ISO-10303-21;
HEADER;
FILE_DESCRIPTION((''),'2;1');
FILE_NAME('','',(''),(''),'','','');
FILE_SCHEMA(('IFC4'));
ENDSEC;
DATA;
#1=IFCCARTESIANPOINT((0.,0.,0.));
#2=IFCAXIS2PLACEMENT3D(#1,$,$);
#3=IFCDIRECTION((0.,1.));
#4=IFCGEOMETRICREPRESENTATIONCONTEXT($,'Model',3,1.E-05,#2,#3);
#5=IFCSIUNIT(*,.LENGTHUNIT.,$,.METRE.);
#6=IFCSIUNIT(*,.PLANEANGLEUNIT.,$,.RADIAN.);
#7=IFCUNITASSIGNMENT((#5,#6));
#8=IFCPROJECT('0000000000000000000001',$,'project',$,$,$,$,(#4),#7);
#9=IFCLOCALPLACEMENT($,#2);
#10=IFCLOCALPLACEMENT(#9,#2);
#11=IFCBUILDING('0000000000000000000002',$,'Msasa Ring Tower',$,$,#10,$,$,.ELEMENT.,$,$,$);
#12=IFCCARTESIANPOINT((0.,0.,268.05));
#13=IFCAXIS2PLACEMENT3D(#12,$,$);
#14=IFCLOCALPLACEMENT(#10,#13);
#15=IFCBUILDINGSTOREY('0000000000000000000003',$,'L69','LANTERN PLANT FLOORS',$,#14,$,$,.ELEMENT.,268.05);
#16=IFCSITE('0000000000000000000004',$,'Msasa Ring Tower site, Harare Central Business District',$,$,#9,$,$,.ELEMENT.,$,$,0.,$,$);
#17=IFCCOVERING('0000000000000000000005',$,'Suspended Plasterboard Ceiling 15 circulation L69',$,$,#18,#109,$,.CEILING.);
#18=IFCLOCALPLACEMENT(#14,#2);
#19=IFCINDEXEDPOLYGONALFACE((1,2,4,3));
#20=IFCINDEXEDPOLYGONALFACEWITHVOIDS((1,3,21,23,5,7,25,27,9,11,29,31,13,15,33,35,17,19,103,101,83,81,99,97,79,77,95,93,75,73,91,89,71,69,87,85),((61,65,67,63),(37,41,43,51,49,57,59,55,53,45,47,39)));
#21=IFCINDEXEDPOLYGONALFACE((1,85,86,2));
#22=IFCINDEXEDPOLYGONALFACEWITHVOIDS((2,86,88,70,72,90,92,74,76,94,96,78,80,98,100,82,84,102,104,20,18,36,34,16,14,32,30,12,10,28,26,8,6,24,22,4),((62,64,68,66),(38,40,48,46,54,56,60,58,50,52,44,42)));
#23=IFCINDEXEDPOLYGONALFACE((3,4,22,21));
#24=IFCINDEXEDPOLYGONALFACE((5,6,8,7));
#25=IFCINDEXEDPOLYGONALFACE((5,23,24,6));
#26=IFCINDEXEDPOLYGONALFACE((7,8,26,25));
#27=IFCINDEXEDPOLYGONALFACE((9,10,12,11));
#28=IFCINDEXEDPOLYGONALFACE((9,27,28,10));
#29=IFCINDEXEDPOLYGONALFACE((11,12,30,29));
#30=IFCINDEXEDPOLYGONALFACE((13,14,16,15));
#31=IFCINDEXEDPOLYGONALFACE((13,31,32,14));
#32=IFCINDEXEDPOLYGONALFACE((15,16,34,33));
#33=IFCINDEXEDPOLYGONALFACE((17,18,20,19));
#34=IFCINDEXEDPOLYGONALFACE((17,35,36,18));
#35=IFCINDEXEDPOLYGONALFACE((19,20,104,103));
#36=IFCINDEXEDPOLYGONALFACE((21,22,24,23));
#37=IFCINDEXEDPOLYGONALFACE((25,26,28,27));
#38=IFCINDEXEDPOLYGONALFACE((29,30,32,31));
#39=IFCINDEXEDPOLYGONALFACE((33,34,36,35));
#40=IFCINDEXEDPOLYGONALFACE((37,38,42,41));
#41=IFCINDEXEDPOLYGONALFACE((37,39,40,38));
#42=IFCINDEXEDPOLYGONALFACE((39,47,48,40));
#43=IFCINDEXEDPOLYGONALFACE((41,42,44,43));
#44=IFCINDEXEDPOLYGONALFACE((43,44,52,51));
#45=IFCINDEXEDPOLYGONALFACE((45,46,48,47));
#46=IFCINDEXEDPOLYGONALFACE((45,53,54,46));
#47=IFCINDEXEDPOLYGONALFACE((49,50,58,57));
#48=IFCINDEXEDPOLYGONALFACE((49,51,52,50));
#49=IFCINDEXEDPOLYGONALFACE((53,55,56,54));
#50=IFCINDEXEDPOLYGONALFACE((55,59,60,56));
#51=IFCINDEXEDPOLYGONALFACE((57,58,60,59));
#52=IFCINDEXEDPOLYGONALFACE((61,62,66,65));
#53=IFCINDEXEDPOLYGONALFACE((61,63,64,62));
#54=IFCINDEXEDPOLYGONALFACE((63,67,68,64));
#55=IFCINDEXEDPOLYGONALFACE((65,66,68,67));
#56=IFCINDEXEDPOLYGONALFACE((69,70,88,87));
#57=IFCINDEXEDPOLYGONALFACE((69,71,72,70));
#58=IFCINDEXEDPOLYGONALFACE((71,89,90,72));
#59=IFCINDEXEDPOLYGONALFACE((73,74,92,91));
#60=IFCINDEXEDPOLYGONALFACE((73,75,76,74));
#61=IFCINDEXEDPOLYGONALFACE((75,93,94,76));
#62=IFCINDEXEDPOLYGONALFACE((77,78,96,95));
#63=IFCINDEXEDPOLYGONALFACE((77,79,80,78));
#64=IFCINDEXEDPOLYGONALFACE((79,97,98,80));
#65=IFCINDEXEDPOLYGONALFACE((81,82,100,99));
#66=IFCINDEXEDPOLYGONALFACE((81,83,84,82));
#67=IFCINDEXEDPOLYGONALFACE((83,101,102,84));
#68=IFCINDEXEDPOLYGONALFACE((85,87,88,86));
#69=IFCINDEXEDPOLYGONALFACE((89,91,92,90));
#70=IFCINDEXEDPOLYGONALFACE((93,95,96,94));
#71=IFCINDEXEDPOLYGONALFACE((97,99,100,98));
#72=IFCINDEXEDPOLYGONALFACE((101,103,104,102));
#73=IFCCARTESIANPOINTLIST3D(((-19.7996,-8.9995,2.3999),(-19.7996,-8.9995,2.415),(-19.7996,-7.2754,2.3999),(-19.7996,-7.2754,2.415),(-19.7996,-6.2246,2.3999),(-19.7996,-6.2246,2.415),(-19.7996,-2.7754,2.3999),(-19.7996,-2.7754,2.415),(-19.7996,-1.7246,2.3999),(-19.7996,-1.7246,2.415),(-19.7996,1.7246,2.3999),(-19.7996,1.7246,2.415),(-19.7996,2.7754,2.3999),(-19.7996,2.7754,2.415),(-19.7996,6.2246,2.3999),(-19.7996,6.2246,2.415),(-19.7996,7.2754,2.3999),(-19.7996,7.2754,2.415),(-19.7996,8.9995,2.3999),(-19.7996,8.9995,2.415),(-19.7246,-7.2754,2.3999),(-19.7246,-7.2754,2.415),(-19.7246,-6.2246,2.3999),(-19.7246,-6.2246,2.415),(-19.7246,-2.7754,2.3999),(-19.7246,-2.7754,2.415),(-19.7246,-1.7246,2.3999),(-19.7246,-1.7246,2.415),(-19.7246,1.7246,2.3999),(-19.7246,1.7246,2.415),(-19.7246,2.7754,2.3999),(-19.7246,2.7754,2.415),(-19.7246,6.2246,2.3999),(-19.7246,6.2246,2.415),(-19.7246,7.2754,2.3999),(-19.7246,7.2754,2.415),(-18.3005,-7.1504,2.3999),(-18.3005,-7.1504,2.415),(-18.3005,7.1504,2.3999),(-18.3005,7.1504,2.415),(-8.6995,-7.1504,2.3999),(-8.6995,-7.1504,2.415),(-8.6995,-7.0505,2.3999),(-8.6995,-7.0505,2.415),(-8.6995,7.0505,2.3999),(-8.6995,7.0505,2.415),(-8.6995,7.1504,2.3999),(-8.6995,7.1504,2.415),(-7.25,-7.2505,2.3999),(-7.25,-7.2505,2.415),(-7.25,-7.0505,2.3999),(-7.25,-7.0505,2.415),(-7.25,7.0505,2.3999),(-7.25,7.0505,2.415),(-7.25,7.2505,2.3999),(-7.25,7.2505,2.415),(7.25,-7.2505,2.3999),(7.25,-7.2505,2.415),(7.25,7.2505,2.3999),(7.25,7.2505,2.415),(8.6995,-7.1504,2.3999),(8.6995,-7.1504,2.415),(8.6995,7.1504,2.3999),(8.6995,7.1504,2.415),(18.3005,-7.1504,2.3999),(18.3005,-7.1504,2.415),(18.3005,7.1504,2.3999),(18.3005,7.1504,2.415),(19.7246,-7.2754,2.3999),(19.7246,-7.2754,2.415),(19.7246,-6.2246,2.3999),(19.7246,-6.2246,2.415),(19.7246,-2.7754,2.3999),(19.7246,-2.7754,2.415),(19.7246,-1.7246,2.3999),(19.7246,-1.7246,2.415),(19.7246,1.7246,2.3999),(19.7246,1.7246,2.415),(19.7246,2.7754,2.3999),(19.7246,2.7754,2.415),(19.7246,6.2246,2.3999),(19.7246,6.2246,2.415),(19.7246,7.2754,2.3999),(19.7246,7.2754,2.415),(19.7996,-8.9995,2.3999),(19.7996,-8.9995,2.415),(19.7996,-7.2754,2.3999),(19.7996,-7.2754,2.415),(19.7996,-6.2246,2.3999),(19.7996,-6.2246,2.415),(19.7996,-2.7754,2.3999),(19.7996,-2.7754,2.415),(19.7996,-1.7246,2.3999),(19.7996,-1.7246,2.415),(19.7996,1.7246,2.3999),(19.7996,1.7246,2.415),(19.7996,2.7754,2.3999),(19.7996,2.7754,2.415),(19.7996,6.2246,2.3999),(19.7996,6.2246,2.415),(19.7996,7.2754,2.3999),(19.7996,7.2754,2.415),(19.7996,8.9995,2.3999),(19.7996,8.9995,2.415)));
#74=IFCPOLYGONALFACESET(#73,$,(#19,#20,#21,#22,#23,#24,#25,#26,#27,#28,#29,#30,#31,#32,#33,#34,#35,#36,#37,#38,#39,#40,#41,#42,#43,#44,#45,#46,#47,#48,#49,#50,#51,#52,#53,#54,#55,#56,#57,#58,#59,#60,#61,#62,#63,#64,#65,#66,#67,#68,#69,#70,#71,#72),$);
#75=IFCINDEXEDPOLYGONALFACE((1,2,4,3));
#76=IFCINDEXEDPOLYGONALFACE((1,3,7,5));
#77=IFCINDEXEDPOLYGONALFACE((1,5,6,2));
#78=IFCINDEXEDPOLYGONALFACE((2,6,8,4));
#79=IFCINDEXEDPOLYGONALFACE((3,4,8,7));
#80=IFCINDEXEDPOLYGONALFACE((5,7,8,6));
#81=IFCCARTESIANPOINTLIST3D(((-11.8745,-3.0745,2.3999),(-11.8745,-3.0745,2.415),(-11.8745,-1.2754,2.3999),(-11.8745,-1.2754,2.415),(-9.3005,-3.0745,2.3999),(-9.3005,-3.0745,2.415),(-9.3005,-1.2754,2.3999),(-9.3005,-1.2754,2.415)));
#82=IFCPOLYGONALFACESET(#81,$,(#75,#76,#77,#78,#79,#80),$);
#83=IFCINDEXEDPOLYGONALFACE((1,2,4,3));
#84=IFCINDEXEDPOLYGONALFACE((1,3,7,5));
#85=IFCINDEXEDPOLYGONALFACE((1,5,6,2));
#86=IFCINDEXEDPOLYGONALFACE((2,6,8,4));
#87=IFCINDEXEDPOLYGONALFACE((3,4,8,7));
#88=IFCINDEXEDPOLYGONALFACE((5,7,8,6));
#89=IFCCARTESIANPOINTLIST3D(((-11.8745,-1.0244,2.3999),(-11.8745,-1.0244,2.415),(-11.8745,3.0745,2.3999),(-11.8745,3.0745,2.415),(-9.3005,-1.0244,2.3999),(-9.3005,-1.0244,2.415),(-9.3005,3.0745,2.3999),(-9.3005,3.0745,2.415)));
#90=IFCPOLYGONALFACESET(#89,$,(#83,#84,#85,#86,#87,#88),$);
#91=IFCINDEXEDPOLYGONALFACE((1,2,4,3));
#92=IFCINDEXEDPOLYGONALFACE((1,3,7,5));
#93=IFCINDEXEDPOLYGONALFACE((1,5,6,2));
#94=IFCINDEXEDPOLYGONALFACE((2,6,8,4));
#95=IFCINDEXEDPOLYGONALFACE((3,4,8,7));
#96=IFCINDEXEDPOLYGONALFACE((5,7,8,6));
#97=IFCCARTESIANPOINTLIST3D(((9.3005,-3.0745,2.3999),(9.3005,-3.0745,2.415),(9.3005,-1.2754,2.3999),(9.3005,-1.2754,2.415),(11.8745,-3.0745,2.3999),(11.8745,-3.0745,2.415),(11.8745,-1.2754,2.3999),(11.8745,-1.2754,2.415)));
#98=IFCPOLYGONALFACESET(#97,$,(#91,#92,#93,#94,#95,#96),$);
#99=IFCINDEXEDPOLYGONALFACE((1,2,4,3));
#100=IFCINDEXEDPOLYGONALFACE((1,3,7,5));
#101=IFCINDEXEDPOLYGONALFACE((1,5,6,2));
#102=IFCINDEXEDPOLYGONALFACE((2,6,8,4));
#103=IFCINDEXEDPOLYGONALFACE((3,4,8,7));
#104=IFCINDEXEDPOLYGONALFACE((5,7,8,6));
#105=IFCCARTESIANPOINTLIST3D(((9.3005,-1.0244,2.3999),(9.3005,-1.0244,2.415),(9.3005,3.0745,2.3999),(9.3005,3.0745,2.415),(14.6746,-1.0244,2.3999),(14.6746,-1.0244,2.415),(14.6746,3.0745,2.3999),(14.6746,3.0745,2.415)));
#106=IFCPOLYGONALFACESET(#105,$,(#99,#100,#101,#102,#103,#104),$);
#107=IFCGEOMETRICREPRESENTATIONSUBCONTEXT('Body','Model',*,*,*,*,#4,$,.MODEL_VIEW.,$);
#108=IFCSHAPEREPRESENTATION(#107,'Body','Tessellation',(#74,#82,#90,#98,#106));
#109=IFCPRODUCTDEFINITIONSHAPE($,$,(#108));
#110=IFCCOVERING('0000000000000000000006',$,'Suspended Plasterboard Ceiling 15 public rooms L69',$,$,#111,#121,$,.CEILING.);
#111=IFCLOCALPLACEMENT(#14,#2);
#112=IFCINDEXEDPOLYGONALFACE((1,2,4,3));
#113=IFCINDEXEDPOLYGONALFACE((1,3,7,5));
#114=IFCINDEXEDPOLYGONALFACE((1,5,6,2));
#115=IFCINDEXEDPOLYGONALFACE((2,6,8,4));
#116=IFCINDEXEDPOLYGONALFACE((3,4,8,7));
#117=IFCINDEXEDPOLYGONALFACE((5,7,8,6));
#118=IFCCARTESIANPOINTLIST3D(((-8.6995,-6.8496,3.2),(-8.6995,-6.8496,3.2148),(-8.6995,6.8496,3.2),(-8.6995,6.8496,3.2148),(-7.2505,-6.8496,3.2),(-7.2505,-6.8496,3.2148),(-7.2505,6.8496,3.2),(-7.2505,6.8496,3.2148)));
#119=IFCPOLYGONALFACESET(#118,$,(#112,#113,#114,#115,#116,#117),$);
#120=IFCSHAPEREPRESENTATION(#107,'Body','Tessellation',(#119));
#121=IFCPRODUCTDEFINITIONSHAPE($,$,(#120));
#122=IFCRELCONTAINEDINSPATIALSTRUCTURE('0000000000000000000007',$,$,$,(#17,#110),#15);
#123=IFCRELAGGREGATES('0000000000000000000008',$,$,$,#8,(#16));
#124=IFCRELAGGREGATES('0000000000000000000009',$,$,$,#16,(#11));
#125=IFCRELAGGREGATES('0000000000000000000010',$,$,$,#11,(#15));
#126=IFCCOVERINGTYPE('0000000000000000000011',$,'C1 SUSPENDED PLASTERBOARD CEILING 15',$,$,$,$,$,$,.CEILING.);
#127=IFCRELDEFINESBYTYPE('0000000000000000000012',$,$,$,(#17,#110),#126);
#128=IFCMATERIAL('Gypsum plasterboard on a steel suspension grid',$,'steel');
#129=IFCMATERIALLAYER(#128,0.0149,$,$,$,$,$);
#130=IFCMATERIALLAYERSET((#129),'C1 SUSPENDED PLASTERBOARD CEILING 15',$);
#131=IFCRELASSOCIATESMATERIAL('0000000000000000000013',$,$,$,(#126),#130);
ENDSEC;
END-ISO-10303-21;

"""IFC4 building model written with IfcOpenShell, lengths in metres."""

from ifc_helpers import new_model, si_unit, direction, frame, origin, place, context, subcontext, project, spatial, line, indexed_curve, outline, extrude, material, layer, layer_set, type_object, element, save


model = new_model("IFC4")

# Units and contexts
model_context = context("Model", 3, precision=1e-05, world=origin(), true_north=direction((0.0, 1.0)))
body_context = subcontext(model_context, "Body", "Model", "MODEL_VIEW")
ifc_project = project(units=[si_unit("LENGTHUNIT", "METRE"), si_unit("PLANEANGLEUNIT", "RADIAN")], contexts=[model_context])

# Site, building, storey
site_placement = place(None, origin())
site = spatial("IfcSite", under=ifc_project, at=site_placement, Name="Msasa Ring Tower site, Harare Central Business District", CompositionType="ELEMENT", RefElevation=0.0)
building_placement = place(site_placement, origin())
building = spatial("IfcBuilding", under=site, at=building_placement, Name="Msasa Ring Tower", CompositionType="ELEMENT")
storey_placement = place(building_placement, frame((0.0, 0.0, 268.05)))
storey = spatial("IfcBuildingStorey", under=building, at=storey_placement, Name="L69", Description="LANTERN PLANT FLOORS", CompositionType="ELEMENT", Elevation=268.05)

# Coverings
ifc_material_1 = material(Name="Gypsum plasterboard on a steel suspension grid", Category="steel")
ifc_layer_1 = layer(ifc_material_1, 0.0149)
ifc_layer_set_1 = layer_set([ifc_layer_1], Name="C1 SUSPENDED PLASTERBOARD CEILING 15")
covering_type_1 = type_object("IfcCoveringType", Name="C1 SUSPENDED PLASTERBOARD CEILING 15", PredefinedType="CEILING", material=ifc_layer_set_1)
covering_1_placement = place(storey_placement, frame((0.0, 0.0, 2.3999)))
element("IfcCovering", 1, at=covering_1_placement, inside=storey, type_object=covering_type_1, Name="Suspended Plasterboard Ceiling 15 circulation L69", PredefinedType="CEILING", context=body_context, shape_type="SweptSolid", body=[
    extrude(outline(indexed_curve([(19.7996, 7.2754), (19.7246, 7.2754), (19.7246, 6.2246), (19.7996, 6.2246), (19.7996, 2.7754), (19.7246, 2.7754), (19.7246, 1.7246), (19.7996, 1.7246), (19.7996, -1.7246), (19.7246, -1.7246), (19.7246, -2.7754), (19.7996, -2.7754), (19.7996, -6.2246), (19.7246, -6.2246), (19.7246, -7.2754), (19.7996, -7.2754), (19.7996, -8.9995), (-19.7996, -8.9995), (-19.7996, -7.2754), (-19.7246, -7.2754), (-19.7246, -6.2246), (-19.7996, -6.2246), (-19.7996, -2.7754), (-19.7246, -2.7754), (-19.7246, -1.7246), (-19.7996, -1.7246), (-19.7996, 1.7246), (-19.7246, 1.7246), (-19.7246, 2.7754), (-19.7996, 2.7754), (-19.7996, 6.2246), (-19.7246, 6.2246), (-19.7246, 7.2754), (-19.7996, 7.2754), (-19.7996, 8.9995), (19.7996, 8.9995)], segments=[line(1, 2, 3, 4, 5, 6, 7, 8, 9, 10, 11, 12, 13, 14, 15, 16, 17, 18, 19, 20, 21, 22, 23, 24, 25, 26, 27, 28, 29, 30, 31, 32, 33, 34, 35, 36, 1)], self_intersect=False), holes=[indexed_curve([(18.3005, -7.1504), (18.3005, 7.1504), (8.6995, 7.1504), (8.6995, -7.1504)], segments=[line(1, 2, 3, 4, 1)], self_intersect=False), indexed_curve([(-8.6995, 7.1504), (-18.3005, 7.1504), (-18.3005, -7.1504), (-8.6995, -7.1504), (-8.6995, -7.0505), (-7.25, -7.0505), (-7.25, -7.2505), (7.25, -7.2505), (7.25, 7.2505), (-7.25, 7.2505), (-7.25, 7.0505), (-8.6995, 7.0505)], segments=[line(1, 2, 3, 4, 5, 6, 7, 8, 9, 10, 11, 12, 1)], self_intersect=False)]), origin(), (0.0, 0.0, 1.0), 0.0151),
    extrude(outline(indexed_curve([(-9.3005, -3.0745), (-11.8745, -3.0745), (-11.8745, -1.2754), (-9.3005, -1.2754)], segments=[line(1, 2, 3, 4, 1)], self_intersect=False)), origin(), (0.0, 0.0, 1.0), 0.0151),
    extrude(outline(indexed_curve([(-11.8745, -1.0244), (-11.8745, 3.0745), (-9.3005, 3.0745), (-9.3005, -1.0244)], segments=[line(1, 2, 3, 4, 1)], self_intersect=False)), origin(), (0.0, 0.0, 1.0), 0.0151),
    extrude(outline(indexed_curve([(11.8745, -3.0745), (9.3005, -3.0745), (9.3005, -1.2754), (11.8745, -1.2754)], segments=[line(1, 2, 3, 4, 1)], self_intersect=False)), origin(), (0.0, 0.0, 1.0), 0.0151),
    extrude(outline(indexed_curve([(9.3005, -1.0244), (9.3005, 3.0745), (14.6746, 3.0745), (14.6746, -1.0244)], segments=[line(1, 2, 3, 4, 1)], self_intersect=False)), origin(), (0.0, 0.0, 1.0), 0.0151),
])
covering_2_placement = place(storey_placement, frame((0.0, 0.0, 3.2)))
element("IfcCovering", 2, at=covering_2_placement, inside=storey, type_object=covering_type_1, Name="Suspended Plasterboard Ceiling 15 public rooms L69", PredefinedType="CEILING", context=body_context, shape_type="SweptSolid", body=[
    extrude(outline(indexed_curve([(-8.6995, 6.8496), (-7.2505, 6.8496), (-7.2505, -6.8496), (-8.6995, -6.8496)], segments=[line(1, 2, 3, 4, 1)], self_intersect=False)), origin(), (0.0, 0.0, 1.0), 0.0149),
])

save(model, "model.ifc")
